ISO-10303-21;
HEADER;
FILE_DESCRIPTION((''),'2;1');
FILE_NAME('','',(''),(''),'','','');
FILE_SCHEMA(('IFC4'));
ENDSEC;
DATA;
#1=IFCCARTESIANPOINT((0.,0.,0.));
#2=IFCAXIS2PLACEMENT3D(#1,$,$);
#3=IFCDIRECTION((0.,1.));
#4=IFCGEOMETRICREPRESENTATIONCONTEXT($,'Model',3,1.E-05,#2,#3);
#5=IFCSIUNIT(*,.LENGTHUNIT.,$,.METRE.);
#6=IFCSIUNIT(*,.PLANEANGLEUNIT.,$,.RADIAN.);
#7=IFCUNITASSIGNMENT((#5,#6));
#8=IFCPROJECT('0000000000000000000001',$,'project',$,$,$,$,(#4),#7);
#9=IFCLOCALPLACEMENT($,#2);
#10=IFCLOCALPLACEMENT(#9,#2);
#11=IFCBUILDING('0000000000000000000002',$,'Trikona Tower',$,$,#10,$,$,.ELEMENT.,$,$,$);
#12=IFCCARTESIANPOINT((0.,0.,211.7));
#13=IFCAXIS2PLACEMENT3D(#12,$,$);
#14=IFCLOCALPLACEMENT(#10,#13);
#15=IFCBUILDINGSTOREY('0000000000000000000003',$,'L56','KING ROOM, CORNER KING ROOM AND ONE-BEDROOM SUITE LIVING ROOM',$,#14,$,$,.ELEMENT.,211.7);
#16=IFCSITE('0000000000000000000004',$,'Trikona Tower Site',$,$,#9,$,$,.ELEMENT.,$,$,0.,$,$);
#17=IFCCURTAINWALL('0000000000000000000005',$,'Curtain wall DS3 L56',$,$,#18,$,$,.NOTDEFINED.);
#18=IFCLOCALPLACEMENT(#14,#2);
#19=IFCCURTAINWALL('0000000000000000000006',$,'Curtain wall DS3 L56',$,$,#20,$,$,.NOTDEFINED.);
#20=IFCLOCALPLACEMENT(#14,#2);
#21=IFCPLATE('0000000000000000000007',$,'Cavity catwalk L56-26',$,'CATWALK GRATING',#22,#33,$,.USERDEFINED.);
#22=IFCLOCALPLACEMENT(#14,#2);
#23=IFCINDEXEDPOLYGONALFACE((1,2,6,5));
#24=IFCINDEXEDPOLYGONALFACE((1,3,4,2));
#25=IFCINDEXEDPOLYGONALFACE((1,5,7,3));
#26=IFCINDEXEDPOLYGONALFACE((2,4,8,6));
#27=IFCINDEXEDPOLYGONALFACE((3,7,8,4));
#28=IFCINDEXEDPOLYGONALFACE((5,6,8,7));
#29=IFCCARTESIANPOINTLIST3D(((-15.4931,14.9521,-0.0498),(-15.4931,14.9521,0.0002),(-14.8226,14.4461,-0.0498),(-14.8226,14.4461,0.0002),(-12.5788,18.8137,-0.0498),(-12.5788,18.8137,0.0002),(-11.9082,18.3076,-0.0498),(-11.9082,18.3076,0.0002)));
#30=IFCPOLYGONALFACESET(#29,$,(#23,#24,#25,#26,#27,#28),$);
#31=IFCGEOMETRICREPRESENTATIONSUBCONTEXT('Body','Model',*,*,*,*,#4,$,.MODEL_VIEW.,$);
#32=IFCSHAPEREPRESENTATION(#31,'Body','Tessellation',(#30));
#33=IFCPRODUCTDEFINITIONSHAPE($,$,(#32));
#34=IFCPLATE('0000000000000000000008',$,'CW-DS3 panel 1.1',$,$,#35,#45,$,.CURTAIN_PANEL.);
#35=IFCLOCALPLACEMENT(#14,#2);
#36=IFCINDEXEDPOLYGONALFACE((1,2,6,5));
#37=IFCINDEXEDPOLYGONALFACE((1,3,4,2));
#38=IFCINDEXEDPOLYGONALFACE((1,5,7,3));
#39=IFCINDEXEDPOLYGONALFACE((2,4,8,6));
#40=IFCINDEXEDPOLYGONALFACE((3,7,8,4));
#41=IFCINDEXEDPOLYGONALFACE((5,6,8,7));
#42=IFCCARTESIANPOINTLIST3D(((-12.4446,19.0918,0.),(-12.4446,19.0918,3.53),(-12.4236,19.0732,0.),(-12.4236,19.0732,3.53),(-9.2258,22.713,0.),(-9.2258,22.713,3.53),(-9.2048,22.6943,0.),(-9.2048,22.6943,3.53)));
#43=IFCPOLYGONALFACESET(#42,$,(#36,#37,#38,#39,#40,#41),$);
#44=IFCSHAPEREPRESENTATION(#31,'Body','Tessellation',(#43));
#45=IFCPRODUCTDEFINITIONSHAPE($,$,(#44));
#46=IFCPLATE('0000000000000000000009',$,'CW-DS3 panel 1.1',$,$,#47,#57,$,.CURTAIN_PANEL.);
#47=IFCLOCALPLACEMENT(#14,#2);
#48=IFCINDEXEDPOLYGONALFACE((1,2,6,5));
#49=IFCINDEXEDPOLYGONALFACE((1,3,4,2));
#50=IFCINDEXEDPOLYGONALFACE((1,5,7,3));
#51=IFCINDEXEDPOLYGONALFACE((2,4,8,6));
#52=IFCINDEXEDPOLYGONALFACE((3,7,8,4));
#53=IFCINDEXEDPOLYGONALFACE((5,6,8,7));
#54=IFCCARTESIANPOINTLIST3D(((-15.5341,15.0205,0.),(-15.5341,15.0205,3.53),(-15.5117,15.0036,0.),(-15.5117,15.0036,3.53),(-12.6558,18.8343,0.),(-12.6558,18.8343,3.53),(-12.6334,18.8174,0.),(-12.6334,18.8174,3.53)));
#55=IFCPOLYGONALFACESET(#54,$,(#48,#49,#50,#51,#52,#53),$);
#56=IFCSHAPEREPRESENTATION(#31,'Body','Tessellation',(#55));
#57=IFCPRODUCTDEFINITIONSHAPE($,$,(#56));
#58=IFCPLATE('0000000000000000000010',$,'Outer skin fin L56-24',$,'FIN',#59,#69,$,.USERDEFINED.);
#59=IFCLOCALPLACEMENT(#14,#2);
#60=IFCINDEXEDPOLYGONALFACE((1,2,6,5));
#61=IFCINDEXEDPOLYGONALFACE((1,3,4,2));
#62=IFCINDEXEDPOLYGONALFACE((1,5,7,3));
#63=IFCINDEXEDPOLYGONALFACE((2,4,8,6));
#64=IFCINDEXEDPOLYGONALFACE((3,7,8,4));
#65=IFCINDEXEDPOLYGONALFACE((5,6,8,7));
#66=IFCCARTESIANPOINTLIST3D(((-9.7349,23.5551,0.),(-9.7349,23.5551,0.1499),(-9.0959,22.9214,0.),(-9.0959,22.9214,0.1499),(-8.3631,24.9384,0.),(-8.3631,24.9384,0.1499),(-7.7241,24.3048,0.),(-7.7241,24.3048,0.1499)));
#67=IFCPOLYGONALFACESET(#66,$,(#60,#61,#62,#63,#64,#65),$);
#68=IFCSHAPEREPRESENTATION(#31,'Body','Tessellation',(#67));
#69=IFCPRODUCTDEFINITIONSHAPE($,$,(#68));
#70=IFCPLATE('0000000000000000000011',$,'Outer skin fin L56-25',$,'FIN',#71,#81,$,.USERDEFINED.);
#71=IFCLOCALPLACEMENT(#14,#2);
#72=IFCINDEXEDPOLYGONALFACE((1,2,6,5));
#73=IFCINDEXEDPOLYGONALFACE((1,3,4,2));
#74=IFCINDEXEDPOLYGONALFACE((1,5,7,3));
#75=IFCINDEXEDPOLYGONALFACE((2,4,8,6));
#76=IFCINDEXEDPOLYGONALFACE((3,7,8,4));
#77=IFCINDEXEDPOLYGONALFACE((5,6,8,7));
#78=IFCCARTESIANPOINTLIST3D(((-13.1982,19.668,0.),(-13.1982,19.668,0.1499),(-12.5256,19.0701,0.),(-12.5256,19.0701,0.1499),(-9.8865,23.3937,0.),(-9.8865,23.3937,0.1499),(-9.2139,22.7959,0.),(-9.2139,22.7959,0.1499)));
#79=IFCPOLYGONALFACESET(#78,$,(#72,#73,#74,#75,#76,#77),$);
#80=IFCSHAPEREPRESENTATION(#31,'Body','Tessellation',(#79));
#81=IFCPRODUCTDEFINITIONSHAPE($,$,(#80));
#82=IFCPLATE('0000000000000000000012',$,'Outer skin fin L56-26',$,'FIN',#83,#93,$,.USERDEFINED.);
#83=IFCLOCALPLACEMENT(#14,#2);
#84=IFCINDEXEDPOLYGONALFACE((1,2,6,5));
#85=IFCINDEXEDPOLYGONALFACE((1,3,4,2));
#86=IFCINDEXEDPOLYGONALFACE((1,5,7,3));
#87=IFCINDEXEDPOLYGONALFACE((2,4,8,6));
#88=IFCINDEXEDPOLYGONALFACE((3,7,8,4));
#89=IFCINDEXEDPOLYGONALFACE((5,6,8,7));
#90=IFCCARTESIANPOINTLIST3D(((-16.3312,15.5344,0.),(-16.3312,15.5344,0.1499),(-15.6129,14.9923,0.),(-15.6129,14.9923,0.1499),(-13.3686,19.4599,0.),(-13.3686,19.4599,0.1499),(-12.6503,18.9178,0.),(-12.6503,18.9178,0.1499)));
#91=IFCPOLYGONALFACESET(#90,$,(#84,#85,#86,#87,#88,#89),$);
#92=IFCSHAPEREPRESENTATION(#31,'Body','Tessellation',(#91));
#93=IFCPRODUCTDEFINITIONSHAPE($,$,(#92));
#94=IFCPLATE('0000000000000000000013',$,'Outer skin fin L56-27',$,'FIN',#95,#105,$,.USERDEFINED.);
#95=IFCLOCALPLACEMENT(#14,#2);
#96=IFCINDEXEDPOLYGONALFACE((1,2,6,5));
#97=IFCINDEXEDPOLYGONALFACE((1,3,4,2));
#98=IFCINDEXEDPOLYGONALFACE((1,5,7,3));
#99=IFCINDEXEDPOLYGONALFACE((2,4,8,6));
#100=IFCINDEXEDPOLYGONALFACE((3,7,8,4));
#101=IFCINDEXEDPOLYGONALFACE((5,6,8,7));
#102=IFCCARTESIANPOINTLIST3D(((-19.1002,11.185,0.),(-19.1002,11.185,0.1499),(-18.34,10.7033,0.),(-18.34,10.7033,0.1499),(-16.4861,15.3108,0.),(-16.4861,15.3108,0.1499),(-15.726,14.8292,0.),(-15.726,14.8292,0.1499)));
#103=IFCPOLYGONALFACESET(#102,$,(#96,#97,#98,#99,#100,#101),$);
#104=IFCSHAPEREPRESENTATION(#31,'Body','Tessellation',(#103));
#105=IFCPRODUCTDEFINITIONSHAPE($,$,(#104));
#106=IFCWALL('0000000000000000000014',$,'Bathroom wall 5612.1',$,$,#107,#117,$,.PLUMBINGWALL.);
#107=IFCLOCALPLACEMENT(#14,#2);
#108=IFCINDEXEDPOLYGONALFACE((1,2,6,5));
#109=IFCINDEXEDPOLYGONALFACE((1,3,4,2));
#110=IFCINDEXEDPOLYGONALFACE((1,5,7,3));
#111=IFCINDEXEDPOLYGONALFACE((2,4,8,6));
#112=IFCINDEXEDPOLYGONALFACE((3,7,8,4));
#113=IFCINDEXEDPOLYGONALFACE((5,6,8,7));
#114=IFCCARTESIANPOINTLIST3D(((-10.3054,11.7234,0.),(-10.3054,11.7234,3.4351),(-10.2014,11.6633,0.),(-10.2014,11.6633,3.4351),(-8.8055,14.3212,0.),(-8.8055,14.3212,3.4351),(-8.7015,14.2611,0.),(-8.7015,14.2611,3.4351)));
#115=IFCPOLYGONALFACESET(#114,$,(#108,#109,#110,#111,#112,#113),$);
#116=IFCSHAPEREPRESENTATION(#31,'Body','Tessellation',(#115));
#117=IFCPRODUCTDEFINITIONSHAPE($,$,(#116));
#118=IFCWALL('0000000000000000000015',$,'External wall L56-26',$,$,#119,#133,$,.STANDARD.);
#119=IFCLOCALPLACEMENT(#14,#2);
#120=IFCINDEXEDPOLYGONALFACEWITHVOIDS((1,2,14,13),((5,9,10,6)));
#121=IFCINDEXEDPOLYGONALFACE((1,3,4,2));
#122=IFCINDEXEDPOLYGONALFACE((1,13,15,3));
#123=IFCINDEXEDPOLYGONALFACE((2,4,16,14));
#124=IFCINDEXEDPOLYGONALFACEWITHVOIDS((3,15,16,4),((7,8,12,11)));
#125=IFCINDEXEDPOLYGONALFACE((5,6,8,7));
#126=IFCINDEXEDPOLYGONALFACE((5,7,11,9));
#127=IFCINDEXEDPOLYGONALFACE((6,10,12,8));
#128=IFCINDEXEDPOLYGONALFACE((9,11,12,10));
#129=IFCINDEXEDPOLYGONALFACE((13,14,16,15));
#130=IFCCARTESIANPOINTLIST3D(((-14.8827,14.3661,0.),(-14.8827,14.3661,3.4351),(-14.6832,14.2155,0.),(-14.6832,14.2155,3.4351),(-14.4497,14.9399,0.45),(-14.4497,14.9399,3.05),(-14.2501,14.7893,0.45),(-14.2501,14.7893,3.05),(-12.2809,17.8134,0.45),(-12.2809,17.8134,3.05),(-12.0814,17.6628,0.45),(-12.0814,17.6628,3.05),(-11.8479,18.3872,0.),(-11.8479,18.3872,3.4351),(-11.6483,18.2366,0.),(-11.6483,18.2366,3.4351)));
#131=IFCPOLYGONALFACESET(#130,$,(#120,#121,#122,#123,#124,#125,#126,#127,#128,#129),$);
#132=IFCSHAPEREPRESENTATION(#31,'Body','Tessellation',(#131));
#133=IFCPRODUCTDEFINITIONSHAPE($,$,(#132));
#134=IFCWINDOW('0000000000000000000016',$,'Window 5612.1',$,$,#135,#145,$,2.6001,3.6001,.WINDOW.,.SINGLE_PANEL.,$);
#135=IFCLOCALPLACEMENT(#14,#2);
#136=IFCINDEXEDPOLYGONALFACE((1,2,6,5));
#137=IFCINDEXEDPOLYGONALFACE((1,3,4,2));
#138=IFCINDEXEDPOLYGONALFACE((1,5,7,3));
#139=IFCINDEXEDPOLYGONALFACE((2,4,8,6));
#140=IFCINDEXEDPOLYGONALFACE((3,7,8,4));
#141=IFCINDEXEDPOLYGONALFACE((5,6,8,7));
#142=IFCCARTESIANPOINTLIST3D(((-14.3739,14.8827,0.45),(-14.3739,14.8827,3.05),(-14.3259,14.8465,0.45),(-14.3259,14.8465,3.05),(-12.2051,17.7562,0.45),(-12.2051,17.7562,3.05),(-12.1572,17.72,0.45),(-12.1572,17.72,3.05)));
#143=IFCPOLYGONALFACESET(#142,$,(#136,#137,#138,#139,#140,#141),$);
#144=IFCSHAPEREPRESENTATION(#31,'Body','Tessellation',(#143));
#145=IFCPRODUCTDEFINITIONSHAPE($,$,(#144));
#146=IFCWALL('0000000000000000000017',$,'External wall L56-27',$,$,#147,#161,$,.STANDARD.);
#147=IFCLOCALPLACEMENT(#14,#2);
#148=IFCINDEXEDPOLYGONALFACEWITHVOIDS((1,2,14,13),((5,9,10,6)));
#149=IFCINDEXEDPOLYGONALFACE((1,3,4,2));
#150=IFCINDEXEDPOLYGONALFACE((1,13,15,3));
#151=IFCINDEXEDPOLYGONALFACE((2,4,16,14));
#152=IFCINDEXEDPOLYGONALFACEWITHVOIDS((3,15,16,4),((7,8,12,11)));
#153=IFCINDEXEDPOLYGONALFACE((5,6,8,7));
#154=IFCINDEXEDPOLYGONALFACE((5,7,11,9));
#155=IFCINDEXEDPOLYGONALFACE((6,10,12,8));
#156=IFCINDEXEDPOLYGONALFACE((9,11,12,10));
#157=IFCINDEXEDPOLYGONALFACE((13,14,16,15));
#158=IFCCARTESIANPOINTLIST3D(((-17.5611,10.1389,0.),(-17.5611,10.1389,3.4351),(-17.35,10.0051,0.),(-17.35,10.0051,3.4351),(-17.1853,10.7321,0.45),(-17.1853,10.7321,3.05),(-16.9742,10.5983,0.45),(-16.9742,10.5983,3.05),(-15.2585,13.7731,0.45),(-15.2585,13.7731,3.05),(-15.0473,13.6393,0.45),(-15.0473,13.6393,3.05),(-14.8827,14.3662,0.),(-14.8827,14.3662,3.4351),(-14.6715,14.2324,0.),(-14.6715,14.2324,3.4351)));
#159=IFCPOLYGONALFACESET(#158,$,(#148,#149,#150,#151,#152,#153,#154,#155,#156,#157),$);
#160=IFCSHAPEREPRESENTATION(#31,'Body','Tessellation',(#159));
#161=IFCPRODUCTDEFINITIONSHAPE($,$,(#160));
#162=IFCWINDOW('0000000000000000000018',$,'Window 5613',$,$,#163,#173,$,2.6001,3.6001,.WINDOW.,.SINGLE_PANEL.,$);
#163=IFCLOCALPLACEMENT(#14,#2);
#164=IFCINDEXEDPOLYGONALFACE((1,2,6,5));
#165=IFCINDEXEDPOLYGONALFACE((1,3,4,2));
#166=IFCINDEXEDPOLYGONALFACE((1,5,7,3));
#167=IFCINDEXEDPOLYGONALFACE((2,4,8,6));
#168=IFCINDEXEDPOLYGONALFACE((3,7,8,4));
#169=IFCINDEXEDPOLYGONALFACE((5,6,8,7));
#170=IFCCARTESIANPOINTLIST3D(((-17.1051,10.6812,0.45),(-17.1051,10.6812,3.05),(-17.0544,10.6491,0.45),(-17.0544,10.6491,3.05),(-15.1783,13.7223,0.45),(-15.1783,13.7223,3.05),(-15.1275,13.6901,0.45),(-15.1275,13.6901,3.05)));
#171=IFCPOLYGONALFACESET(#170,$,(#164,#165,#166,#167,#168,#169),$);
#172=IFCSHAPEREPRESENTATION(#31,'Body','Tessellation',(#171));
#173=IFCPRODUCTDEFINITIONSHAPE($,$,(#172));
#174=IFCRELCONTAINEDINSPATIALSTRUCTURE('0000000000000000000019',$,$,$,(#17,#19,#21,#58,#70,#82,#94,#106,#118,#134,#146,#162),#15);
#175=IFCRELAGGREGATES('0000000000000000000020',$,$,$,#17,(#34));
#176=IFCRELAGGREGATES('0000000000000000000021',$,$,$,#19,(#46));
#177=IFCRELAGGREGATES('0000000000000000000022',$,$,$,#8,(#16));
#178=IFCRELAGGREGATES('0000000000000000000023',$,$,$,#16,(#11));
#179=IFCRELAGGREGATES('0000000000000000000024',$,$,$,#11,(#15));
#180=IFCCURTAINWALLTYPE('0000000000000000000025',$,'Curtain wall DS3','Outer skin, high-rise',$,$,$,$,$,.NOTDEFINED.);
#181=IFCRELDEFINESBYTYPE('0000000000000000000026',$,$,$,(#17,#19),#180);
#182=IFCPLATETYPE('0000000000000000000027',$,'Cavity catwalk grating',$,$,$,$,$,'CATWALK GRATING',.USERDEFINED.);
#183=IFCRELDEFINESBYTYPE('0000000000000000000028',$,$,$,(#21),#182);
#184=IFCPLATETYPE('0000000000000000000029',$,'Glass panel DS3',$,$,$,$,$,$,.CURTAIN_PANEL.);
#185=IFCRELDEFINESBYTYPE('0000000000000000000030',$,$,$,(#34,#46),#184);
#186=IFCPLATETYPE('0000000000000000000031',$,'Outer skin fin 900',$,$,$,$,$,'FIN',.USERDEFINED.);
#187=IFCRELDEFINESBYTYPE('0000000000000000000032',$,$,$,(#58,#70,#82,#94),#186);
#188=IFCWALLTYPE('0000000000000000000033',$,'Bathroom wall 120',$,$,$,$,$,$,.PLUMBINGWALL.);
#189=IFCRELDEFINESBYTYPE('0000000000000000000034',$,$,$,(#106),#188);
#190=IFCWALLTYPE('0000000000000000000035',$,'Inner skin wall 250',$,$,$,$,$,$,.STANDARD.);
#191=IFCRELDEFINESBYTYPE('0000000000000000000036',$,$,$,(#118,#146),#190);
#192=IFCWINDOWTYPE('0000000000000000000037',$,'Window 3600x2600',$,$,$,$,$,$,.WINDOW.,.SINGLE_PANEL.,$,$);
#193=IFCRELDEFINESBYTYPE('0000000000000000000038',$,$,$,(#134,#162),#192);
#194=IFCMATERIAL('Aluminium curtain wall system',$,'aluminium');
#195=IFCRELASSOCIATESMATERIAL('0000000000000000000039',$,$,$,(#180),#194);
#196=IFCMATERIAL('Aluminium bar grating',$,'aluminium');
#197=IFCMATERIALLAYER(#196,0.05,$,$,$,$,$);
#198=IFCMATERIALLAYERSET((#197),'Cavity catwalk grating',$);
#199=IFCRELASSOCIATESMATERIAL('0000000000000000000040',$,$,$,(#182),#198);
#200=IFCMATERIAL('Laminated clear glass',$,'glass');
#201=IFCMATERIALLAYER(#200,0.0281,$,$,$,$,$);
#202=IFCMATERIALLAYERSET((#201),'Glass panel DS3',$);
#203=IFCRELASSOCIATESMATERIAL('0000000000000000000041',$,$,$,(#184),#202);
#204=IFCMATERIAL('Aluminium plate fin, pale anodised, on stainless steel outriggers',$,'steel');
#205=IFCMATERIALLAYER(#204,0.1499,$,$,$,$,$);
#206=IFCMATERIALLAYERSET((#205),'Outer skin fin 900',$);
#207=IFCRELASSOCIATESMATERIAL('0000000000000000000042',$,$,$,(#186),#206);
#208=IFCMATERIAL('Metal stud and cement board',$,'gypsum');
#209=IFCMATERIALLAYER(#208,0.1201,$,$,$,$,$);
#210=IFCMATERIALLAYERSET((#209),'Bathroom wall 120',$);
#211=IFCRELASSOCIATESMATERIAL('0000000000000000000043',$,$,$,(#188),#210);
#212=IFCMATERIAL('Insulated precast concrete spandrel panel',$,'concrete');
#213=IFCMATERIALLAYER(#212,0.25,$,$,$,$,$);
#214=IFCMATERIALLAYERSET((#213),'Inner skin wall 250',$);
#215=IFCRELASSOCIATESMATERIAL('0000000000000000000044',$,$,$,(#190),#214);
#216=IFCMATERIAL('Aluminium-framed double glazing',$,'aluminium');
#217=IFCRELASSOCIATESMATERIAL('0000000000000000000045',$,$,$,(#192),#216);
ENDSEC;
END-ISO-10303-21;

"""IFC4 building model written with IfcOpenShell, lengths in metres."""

from ifc_helpers import new_model, si_unit, direction, frame, frame_2d, origin, origin_2d, place, context, subcontext, project, spatial, rectangle, extrude, material, layer, layer_set, type_object, element, fill, aggregate, save


model = new_model("IFC4")

# Units and contexts
model_context = context("Model", 3, precision=1e-05, world=origin(), true_north=direction((0.0, 1.0)))
body_context = subcontext(model_context, "Body", "Model", "MODEL_VIEW")
ifc_project = project(units=[si_unit("LENGTHUNIT", "METRE"), si_unit("PLANEANGLEUNIT", "RADIAN")], contexts=[model_context])

# Site, building, storey
site_placement = place(None, origin())
site = spatial("IfcSite", under=ifc_project, at=site_placement, Name="Trikona Tower Site", CompositionType="ELEMENT", RefElevation=0.0)
building_placement = place(site_placement, origin())
building = spatial("IfcBuilding", under=site, at=building_placement, Name="Trikona Tower", CompositionType="ELEMENT")
storey_placement = place(building_placement, frame((0.0, 0.0, 211.7)))
storey = spatial("IfcBuildingStorey", under=building, at=storey_placement, Name="L56", Description="KING ROOM, CORNER KING ROOM AND ONE-BEDROOM SUITE LIVING ROOM", CompositionType="ELEMENT", Elevation=211.7)

# Shared definitions
ifc_material_1 = material(Name="Aluminium curtain wall system", Category="aluminium")
curtain_wall_type = type_object("IfcCurtainWallType", Name="Curtain wall DS3", Description="Outer skin, high-rise", PredefinedType="NOTDEFINED", material=ifc_material_1)

# Curtain walls
curtain_wall_1_placement = place(storey_placement, origin())
curtain_wall_1 = element("IfcCurtainWall", 1, at=curtain_wall_1_placement, inside=storey, type_object=curtain_wall_type, Name="Curtain wall DS3 L56", PredefinedType="NOTDEFINED")
curtain_wall_2_placement = place(storey_placement, origin())
curtain_wall_2 = element("IfcCurtainWall", 2, at=curtain_wall_2_placement, inside=storey, type_object=curtain_wall_type, Name="Curtain wall DS3 L56", PredefinedType="NOTDEFINED")

# Plate
ifc_material_2 = material(Name="Aluminium bar grating", Category="aluminium")
ifc_layer_1 = layer(ifc_material_2, 0.05)
ifc_layer_set_1 = layer_set([ifc_layer_1], Name="Cavity catwalk grating")
plate_type_1 = type_object("IfcPlateType", Name="Cavity catwalk grating", ElementType="CATWALK GRATING", PredefinedType="USERDEFINED", material=ifc_layer_set_1)
plate_1_placement = place(storey_placement, frame((-13.7007, 16.6299, -0.0498), z_axis=(0.0, 0.0, 1.0), x_axis=(-0.602402, -0.798193, 0.0)))
element("IfcPlate", 3, at=plate_1_placement, inside=storey, type_object=plate_type_1, Name="Cavity catwalk L56-26", ObjectType="CATWALK GRATING", PredefinedType="USERDEFINED", context=body_context, shape_type="SweptSolid", body=[
    extrude(rectangle(XDim=4.8379, YDim=0.8401, at=origin_2d()), origin(), (0.0, 0.0, 1.0), 0.05),
])

# Plates
ifc_material_3 = material(Name="Laminated clear glass", Category="glass")
ifc_layer_2 = layer(ifc_material_3, 0.0281)
ifc_layer_set_2 = layer_set([ifc_layer_2], Name="Glass panel DS3")
plate_type_2 = type_object("IfcPlateType", Name="Glass panel DS3", PredefinedType="CURTAIN_PANEL", material=ifc_layer_set_2)
plate_2_placement = place(storey_placement, frame((-10.8247, 20.8931, 0.0), z_axis=(0.0, 0.0, 1.0), x_axis=(-0.664371, -0.747403, 0.0)))
plate_2 = element("IfcPlate", 4, at=plate_2_placement, type_object=plate_type_2, Name="CW-DS3 panel 1.1", PredefinedType="CURTAIN_PANEL", context=body_context, shape_type="SweptSolid", body=[
    extrude(rectangle(XDim=4.845, YDim=0.0281, at=origin_2d()), origin(), (0.0, 0.0, 1.0), 3.53),
])
aggregate(curtain_wall_1, [plate_2])
plate_3_placement = place(storey_placement, frame((-14.0837, 16.9189, 0.0), z_axis=(0.0, 0.0, 1.0), x_axis=(-0.602402, -0.798193, 0.0)))
plate_3 = element("IfcPlate", 5, at=plate_3_placement, type_object=plate_type_2, Name="CW-DS3 panel 1.1", PredefinedType="CURTAIN_PANEL", context=body_context, shape_type="SweptSolid", body=[
    extrude(rectangle(XDim=4.7781, YDim=0.0281, at=origin_2d()), origin(), (0.0, 0.0, 1.0), 3.53),
])
aggregate(curtain_wall_2, [plate_3])

# Plates
ifc_material_4 = material(Name="Aluminium plate fin, pale anodised, on stainless steel outriggers", Category="steel")
ifc_layer_3 = layer(ifc_material_4, 0.1499)
ifc_layer_set_3 = layer_set([ifc_layer_3], Name="Outer skin fin 900")
plate_type_3 = type_object("IfcPlateType", Name="Outer skin fin 900", ElementType="FIN", PredefinedType="USERDEFINED", material=ifc_layer_set_3)
plate_4_placement = place(storey_placement, frame((-8.7295, 23.9299, 0.0), z_axis=(0.0, 0.0, 1.0), x_axis=(-0.704151, -0.71005, 0.0)))
element("IfcPlate", 6, at=plate_4_placement, inside=storey, type_object=plate_type_3, Name="Outer skin fin L56-24", ObjectType="FIN", PredefinedType="USERDEFINED", context=body_context, shape_type="SweptSolid", body=[
    extrude(rectangle(XDim=1.9482, YDim=0.8999, at=origin_2d()), origin(), (0.0, 0.0, 1.0), 0.1499),
])
plate_5_placement = place(storey_placement, frame((-11.2061, 21.2319, 0.0), z_axis=(0.0, 0.0, 1.0), x_axis=(-0.664367, -0.747406, 0.0)))
element("IfcPlate", 7, at=plate_5_placement, inside=storey, type_object=plate_type_3, Name="Outer skin fin L56-25", ObjectType="FIN", PredefinedType="USERDEFINED", context=body_context, shape_type="SweptSolid", body=[
    extrude(rectangle(XDim=4.9849, YDim=0.8999, at=origin_2d()), origin(), (0.0, 0.0, 1.0), 0.1499),
])
plate_6_placement = place(storey_placement, frame((-14.4907, 17.2261, 0.0), z_axis=(0.0, 0.0, 1.0), x_axis=(-0.602402, -0.798193, 0.0)))
element("IfcPlate", 8, at=plate_6_placement, inside=storey, type_object=plate_type_3, Name="Outer skin fin L56-26", ObjectType="FIN", PredefinedType="USERDEFINED", context=body_context, shape_type="SweptSolid", body=[
    extrude(rectangle(XDim=4.918, YDim=0.8999, at=origin_2d()), origin(), (0.0, 0.0, 1.0), 0.1499),
])
plate_7_placement = place(storey_placement, frame((-17.4131, 13.0071, 0.0), z_axis=(0.0, 0.0, 1.0), x_axis=(-0.535205, -0.844722, 0.0)))
element("IfcPlate", 9, at=plate_7_placement, inside=storey, type_object=plate_type_3, Name="Outer skin fin L56-27", ObjectType="FIN", PredefinedType="USERDEFINED", context=body_context, shape_type="SweptSolid", body=[
    extrude(rectangle(XDim=4.8843, YDim=0.8999, at=origin_2d()), origin(), (0.0, 0.0, 1.0), 0.1499),
])

# Wall
ifc_material_5 = material(Name="Metal stud and cement board", Category="gypsum")
ifc_layer_4 = layer(ifc_material_5, 0.1201)
ifc_layer_set_4 = layer_set([ifc_layer_4], Name="Bathroom wall 120")
wall_type_1 = type_object("IfcWallType", Name="Bathroom wall 120", PredefinedType="PLUMBINGWALL", material=ifc_layer_set_4)
wall_1_placement = place(storey_placement, frame((-8.7534, 14.2913, 0.0), z_axis=(0.0, 0.0, 1.0), x_axis=(-0.500025, -0.866011, 0.0)))
element("IfcWall", 10, at=wall_1_placement, inside=storey, type_object=wall_type_1, Name="Bathroom wall 5612.1", PredefinedType="PLUMBINGWALL", context=body_context, shape_type="SweptSolid", body=[
    extrude(rectangle(XDim=2.9998, YDim=0.1201, at=frame_2d((1.5, 0.0))), origin(), (0.0, 0.0, 1.0), 3.4351),
])

# Walls, openings, windows
ifc_material_6 = material(Name="Insulated precast concrete spandrel panel", Category="concrete")
ifc_layer_5 = layer(ifc_material_6, 0.25)
ifc_layer_set_5 = layer_set([ifc_layer_5], Name="Inner skin wall 250")
wall_type_2 = type_object("IfcWallType", Name="Inner skin wall 250", PredefinedType="STANDARD", material=ifc_layer_set_5)
wall_2_placement = place(storey_placement, frame((-11.748, 18.312, 0.0), z_axis=(0.0, 0.0, 1.0), x_axis=(-0.602409, -0.798188, 0.0)))
wall_2 = element("IfcWall", 11, at=wall_2_placement, inside=storey, type_object=wall_type_2, Name="External wall L56-26", PredefinedType="STANDARD", context=body_context, shape_type="SweptSolid", body=[
    extrude(rectangle(XDim=5.0378, YDim=0.25, at=frame_2d((2.519, 0.0))), origin(), (0.0, 0.0, 1.0), 3.4351),
])
opening_1_placement = place(wall_2_placement, frame((0.719, 0.0, 0.45)))
opening_1 = element("IfcOpeningElement", 12, at=opening_1_placement, cuts=wall_2, PredefinedType="OPENING", context=body_context, shape_type="SweptSolid", body=[
    extrude(rectangle(XDim=3.6001, YDim=2.6001, at=frame_2d((1.8, 1.3))), frame((0.0, 0.135, 0.0), z_axis=(0.0, -1.0, 0.0), x_axis=(1.0, 0.0, 0.0)), (0.0, 0.0, 1.0), 0.27),
])
ifc_material_7 = material(Name="Aluminium-framed double glazing", Category="aluminium")
window_type = type_object("IfcWindowType", Name="Window 3600x2600", PartitioningType="SINGLE_PANEL", PredefinedType="WINDOW", material=ifc_material_7)
window_1_placement = place(opening_1_placement, origin())
window_1 = element("IfcWindow", 13, at=window_1_placement, inside=storey, type_object=window_type, Name="Window 5612.1", OverallHeight=2.6001, OverallWidth=3.6001, PartitioningType="SINGLE_PANEL", PredefinedType="WINDOW", context=body_context, shape_type="SweptSolid", body=[
    extrude(rectangle(XDim=3.6001, YDim=2.6001, at=frame_2d((1.8, 1.3))), frame((0.0, 0.03, 0.0), z_axis=(0.0, -1.0, 0.0), x_axis=(1.0, 0.0, 0.0)), (0.0, 0.0, 1.0), 0.0601),
])
fill(opening_1, window_1)
wall_3_placement = place(storey_placement, frame((-14.7771, 14.2993, 0.0), z_axis=(0.0, 0.0, 1.0), x_axis=(-0.53522, -0.844712, 0.0)))
wall_3 = element("IfcWall", 14, at=wall_3_placement, inside=storey, type_object=wall_type_2, Name="External wall L56-27", PredefinedType="STANDARD", context=body_context, shape_type="SweptSolid", body=[
    extrude(rectangle(XDim=5.0044, YDim=0.25, at=frame_2d((2.5022, 0.0))), origin(), (0.0, 0.0, 1.0), 3.4351),
])
opening_2_placement = place(wall_3_placement, frame((0.7021, 0.0, 0.45)))
opening_2 = element("IfcOpeningElement", 15, at=opening_2_placement, cuts=wall_3, PredefinedType="OPENING", context=body_context, shape_type="SweptSolid", body=[
    extrude(rectangle(XDim=3.6001, YDim=2.6001, at=frame_2d((1.8, 1.3))), frame((0.0, 0.135, 0.0), z_axis=(0.0, -1.0, 0.0), x_axis=(1.0, 0.0, 0.0)), (0.0, 0.0, 1.0), 0.27),
])
window_2_placement = place(opening_2_placement, origin())
window_2 = element("IfcWindow", 16, at=window_2_placement, inside=storey, type_object=window_type, Name="Window 5613", OverallHeight=2.6001, OverallWidth=3.6001, PartitioningType="SINGLE_PANEL", PredefinedType="WINDOW", context=body_context, shape_type="SweptSolid", body=[
    extrude(rectangle(XDim=3.6001, YDim=2.6001, at=frame_2d((1.8, 1.3))), frame((0.0, 0.03, 0.0), z_axis=(0.0, -1.0, 0.0), x_axis=(1.0, 0.0, 0.0)), (0.0, 0.0, 1.0), 0.0601),
])
fill(opening_2, window_2)

save(model, "model.ifc")
